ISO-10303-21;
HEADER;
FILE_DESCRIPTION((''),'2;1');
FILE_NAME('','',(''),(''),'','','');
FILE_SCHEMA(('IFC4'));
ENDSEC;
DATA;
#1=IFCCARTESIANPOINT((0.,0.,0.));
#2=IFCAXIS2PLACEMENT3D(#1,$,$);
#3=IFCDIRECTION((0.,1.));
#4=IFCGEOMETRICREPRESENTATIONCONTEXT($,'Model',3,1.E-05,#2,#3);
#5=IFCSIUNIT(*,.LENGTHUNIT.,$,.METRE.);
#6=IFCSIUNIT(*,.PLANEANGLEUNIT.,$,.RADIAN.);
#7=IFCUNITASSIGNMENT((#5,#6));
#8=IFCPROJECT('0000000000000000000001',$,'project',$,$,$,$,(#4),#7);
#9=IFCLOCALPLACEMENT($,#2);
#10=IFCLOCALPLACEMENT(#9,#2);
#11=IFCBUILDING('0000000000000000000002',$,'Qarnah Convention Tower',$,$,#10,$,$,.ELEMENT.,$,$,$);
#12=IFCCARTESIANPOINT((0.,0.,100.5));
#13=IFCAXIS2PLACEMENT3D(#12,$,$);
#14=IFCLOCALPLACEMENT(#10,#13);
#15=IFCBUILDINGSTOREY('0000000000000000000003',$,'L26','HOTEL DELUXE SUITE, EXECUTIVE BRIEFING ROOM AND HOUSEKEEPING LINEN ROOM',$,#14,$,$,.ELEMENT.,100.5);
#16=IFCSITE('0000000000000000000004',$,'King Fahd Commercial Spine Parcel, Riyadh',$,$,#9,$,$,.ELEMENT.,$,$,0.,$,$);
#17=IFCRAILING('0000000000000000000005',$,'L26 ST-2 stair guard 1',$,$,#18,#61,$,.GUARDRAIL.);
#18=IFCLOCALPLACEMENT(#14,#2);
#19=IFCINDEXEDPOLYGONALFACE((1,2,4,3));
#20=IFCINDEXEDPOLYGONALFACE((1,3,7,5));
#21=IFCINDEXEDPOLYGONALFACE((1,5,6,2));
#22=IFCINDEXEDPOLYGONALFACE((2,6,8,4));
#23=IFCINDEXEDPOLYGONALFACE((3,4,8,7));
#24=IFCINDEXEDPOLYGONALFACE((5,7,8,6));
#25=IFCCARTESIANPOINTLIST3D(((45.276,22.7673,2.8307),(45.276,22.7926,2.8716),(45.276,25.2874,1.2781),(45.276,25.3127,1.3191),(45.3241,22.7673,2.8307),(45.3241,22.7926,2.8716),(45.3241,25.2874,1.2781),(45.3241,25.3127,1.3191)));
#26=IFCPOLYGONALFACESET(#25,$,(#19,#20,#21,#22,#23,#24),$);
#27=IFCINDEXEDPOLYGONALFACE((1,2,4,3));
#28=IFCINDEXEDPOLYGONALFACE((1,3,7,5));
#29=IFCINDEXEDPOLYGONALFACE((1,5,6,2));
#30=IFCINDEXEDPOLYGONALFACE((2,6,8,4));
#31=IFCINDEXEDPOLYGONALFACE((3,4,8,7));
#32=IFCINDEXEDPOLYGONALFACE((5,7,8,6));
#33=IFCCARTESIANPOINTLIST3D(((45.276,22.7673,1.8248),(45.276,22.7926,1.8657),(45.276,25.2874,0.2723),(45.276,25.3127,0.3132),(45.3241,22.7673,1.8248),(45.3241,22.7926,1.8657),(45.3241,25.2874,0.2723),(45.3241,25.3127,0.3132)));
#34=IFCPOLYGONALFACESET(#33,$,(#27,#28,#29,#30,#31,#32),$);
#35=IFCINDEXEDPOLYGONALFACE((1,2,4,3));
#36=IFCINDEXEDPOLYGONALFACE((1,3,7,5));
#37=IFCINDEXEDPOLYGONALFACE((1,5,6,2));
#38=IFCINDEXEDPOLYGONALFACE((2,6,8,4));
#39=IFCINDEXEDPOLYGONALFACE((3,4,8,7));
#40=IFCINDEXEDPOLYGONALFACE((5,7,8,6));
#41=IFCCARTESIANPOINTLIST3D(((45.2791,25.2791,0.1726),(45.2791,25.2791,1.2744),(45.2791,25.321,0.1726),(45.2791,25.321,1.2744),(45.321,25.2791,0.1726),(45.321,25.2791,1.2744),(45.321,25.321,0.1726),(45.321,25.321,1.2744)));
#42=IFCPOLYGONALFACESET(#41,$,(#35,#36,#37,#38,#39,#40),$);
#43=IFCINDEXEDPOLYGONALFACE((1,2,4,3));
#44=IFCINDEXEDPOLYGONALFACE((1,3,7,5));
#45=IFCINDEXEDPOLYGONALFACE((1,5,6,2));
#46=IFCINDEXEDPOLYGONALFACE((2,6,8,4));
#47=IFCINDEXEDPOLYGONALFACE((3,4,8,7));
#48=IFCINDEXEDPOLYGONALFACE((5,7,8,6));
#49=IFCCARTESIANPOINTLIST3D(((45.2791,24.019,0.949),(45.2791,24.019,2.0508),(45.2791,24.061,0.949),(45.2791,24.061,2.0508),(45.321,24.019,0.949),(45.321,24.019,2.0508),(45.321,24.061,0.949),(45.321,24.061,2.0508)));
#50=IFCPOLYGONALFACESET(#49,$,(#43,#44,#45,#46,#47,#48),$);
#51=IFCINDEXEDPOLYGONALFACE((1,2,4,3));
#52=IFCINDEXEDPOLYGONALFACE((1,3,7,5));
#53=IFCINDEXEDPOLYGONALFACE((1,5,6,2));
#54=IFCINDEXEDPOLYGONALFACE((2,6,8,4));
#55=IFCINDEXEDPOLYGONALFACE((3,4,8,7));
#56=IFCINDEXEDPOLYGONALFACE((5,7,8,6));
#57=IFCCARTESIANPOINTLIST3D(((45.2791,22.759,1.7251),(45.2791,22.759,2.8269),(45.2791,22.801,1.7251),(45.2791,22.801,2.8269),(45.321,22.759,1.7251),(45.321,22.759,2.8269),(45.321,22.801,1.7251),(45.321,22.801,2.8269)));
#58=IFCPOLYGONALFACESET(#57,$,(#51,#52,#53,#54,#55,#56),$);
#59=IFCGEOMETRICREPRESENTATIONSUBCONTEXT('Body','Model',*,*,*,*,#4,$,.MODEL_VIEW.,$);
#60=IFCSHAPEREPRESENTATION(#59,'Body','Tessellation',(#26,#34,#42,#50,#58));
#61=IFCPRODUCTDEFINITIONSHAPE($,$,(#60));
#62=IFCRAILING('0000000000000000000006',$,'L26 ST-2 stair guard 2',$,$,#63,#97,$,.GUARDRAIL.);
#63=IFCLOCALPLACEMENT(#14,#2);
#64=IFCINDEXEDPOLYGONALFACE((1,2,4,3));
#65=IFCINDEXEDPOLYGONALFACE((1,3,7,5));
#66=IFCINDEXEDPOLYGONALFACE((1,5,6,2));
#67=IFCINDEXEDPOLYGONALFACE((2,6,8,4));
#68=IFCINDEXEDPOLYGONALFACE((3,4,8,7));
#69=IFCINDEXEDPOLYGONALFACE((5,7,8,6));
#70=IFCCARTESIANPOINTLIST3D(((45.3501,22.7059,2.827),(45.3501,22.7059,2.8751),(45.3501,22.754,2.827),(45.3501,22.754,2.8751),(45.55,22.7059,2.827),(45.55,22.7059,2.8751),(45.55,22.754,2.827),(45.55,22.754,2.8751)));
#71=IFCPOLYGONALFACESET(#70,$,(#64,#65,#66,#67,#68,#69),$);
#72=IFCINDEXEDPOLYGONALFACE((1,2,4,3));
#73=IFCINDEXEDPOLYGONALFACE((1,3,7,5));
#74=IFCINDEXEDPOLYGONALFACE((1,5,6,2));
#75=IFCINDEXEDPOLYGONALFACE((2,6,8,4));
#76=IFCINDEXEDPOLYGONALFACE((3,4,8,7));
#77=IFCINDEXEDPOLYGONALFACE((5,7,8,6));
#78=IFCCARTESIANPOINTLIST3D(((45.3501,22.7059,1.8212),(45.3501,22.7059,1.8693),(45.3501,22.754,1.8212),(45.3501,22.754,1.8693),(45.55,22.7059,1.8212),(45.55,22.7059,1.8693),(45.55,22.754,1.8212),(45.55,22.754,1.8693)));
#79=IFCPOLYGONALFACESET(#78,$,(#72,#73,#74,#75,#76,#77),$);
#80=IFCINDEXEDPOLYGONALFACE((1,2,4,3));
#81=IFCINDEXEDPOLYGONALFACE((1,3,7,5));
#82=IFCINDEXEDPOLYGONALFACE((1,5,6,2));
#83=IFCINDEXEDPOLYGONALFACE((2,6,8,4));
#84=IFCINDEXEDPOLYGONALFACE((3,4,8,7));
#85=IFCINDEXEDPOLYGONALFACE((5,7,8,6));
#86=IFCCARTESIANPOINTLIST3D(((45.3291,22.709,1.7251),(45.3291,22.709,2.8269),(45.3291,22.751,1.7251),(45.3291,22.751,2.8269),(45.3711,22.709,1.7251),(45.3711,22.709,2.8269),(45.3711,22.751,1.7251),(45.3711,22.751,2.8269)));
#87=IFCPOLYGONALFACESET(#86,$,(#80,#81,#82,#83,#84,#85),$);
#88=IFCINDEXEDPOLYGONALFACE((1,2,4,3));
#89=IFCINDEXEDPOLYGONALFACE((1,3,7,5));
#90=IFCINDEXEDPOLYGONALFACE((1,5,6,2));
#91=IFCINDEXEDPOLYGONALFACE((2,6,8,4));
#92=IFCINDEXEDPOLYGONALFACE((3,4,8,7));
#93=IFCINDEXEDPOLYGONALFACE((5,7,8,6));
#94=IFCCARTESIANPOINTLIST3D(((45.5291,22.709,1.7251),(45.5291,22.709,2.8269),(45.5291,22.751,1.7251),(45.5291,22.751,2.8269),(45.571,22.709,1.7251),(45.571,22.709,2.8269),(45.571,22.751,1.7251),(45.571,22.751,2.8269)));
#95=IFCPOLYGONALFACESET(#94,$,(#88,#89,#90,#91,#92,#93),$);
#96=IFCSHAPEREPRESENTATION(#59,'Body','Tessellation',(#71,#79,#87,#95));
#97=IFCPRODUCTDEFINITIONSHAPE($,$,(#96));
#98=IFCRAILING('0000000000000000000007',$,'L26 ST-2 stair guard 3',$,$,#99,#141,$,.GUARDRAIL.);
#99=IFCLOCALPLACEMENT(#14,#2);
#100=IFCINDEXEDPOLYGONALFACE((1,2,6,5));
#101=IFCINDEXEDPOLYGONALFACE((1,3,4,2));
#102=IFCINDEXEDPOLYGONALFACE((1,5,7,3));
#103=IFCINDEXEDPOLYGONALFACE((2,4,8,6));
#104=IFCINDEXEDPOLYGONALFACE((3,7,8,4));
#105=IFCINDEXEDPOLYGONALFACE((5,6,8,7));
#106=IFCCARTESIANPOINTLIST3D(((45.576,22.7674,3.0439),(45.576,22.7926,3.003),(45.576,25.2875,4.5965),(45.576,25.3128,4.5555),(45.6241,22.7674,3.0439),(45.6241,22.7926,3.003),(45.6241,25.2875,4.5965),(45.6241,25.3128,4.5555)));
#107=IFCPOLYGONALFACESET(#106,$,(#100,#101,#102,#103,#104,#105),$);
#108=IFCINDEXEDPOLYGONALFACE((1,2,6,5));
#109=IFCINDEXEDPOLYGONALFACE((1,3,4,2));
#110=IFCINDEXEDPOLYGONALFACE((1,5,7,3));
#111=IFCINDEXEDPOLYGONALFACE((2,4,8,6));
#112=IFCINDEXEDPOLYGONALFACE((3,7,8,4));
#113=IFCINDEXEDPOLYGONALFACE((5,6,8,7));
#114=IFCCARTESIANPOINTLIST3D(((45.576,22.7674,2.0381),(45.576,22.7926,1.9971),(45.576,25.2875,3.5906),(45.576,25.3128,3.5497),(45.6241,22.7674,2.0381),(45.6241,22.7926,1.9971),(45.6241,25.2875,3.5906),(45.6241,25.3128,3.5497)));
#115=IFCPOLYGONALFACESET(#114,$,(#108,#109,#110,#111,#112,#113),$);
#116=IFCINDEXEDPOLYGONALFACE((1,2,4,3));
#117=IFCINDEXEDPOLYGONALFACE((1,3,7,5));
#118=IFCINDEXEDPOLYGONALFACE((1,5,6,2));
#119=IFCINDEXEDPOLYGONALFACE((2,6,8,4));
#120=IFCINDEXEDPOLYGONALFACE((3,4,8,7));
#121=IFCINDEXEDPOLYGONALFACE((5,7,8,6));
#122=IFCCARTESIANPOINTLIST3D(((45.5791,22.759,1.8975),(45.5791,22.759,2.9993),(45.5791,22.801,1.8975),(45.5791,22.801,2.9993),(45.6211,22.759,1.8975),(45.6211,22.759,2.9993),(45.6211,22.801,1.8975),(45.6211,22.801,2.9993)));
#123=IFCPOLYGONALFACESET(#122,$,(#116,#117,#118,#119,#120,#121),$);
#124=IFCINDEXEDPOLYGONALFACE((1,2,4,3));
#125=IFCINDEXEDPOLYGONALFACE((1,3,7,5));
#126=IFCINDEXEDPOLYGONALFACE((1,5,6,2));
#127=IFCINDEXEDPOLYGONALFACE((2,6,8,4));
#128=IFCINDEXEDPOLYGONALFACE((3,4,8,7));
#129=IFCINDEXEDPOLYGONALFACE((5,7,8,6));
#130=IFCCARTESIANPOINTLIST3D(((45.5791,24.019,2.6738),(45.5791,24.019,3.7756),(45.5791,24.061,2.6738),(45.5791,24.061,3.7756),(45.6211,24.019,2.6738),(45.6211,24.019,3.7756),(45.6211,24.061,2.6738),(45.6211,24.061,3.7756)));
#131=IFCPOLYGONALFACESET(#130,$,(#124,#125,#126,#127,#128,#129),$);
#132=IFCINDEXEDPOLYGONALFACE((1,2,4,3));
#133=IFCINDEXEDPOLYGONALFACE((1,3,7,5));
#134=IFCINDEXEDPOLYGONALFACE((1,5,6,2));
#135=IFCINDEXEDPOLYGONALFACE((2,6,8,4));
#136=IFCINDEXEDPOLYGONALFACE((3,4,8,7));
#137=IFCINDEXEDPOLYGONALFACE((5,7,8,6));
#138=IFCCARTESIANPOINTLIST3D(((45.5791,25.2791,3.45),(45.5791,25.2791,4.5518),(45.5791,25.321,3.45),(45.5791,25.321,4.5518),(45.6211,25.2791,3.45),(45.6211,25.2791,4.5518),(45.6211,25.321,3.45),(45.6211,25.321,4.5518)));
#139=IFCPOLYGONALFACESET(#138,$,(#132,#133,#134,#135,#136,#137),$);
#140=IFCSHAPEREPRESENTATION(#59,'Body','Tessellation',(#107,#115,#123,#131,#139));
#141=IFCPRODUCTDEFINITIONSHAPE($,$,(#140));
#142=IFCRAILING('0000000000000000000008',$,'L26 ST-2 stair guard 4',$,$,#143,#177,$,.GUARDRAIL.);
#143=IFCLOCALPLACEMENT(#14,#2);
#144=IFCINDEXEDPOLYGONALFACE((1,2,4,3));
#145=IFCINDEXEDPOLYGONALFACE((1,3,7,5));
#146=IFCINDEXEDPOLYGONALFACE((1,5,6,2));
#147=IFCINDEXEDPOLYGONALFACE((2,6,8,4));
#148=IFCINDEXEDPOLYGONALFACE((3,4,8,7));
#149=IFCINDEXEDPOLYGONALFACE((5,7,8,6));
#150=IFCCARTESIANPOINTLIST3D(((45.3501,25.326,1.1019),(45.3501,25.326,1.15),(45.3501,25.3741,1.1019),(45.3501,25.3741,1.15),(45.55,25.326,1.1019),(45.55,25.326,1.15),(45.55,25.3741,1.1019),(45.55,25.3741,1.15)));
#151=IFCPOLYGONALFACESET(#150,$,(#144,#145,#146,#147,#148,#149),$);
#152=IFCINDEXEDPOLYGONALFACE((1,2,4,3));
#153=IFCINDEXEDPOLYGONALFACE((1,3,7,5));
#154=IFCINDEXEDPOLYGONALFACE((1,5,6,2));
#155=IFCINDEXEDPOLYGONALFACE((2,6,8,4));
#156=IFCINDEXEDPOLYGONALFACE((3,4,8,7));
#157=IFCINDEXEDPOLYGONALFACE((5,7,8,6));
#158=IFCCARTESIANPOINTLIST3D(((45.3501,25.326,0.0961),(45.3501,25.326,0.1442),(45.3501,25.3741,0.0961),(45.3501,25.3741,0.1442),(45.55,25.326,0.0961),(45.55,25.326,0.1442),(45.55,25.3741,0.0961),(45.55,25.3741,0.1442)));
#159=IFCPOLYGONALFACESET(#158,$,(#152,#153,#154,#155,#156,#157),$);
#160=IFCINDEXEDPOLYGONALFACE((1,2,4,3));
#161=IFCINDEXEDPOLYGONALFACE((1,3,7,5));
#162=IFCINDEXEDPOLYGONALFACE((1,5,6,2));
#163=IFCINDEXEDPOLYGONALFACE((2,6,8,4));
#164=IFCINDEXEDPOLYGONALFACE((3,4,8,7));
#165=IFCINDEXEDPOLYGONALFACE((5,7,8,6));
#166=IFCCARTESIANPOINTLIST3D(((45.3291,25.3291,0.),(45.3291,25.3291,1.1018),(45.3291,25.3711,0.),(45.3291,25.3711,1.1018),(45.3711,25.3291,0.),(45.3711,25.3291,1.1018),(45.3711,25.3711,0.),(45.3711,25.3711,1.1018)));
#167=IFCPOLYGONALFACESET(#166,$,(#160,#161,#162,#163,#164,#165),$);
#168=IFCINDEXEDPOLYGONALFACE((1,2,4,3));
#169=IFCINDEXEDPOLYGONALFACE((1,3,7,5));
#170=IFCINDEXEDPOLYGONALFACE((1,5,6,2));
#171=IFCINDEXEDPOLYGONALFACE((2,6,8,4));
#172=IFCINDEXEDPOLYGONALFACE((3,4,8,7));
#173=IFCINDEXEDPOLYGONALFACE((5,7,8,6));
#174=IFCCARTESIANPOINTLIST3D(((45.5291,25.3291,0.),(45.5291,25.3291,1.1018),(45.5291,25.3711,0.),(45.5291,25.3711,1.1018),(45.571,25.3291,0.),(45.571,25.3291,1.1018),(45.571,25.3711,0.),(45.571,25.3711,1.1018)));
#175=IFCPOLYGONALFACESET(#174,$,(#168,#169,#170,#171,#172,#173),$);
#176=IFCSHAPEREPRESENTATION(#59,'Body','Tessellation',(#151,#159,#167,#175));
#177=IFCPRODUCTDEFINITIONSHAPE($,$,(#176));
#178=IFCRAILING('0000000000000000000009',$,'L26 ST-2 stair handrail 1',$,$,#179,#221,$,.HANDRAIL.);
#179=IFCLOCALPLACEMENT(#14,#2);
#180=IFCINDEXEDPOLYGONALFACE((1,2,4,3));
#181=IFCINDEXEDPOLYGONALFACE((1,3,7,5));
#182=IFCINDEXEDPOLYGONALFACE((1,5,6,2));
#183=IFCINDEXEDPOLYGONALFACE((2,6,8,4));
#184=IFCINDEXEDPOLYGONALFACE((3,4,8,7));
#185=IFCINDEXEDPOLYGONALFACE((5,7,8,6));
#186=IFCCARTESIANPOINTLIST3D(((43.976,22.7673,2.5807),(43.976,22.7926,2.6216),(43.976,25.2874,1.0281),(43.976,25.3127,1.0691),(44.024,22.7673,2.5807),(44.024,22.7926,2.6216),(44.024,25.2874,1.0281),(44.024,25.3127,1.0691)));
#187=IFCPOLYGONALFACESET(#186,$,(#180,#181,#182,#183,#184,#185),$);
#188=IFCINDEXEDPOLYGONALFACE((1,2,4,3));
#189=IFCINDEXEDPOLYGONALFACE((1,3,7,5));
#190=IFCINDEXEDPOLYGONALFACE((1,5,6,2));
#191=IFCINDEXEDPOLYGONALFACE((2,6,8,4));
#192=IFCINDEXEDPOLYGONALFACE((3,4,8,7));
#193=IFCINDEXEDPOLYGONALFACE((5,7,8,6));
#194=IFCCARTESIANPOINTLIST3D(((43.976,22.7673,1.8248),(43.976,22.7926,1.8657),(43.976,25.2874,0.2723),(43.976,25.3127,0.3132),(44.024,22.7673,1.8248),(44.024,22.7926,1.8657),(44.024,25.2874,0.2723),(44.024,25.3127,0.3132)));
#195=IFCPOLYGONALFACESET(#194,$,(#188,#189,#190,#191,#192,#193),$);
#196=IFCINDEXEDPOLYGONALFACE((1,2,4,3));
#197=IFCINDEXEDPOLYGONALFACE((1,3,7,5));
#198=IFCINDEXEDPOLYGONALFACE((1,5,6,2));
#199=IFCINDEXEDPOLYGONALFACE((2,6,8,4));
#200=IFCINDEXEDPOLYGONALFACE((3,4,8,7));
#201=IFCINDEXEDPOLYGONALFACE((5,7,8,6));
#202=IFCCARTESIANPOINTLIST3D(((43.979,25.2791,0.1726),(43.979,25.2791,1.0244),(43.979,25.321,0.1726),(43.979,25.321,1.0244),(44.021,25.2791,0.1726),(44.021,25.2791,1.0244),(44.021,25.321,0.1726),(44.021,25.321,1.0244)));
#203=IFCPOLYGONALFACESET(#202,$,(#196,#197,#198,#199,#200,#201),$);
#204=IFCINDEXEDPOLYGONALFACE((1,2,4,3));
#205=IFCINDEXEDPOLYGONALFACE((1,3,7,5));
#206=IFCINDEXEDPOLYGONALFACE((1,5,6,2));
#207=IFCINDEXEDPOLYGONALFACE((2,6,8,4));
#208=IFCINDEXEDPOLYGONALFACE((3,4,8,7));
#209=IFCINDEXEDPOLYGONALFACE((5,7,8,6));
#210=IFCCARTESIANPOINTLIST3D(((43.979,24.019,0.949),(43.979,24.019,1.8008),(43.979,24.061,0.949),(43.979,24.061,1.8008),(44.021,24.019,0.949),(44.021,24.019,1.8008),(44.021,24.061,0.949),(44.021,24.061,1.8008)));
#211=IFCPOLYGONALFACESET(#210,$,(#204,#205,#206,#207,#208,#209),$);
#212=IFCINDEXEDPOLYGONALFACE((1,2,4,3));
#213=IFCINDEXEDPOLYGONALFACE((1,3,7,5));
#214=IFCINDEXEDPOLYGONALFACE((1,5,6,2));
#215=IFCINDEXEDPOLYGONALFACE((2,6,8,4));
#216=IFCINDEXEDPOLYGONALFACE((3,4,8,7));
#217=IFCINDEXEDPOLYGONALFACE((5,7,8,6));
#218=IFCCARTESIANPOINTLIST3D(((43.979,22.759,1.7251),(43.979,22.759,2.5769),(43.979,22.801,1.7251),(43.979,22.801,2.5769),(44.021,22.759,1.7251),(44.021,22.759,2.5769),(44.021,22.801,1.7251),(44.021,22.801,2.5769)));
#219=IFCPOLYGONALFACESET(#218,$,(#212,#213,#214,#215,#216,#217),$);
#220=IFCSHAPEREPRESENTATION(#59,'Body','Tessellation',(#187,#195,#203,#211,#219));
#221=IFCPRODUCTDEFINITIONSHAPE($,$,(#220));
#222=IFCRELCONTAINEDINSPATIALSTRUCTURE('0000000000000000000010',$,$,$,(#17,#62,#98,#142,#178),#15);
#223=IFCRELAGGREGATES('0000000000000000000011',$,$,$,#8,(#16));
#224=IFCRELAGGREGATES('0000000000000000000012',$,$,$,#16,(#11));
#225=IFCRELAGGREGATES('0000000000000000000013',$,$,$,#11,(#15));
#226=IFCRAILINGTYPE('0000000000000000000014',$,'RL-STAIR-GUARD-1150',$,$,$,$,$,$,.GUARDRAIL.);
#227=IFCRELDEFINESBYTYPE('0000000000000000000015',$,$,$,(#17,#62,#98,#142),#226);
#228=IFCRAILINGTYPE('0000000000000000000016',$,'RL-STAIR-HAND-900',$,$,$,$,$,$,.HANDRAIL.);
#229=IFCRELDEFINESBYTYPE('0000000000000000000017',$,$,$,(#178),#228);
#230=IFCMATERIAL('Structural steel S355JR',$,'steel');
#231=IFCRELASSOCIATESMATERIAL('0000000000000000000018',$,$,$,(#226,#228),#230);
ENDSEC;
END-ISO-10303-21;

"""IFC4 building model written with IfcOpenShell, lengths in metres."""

from ifc_helpers import new_model, si_unit, direction, frame, origin, origin_2d, place, context, subcontext, project, spatial, rectangle, extrude, material, type_object, element, save


model = new_model("IFC4")

# Units and contexts
model_context = context("Model", 3, precision=1e-05, world=origin(), true_north=direction((0.0, 1.0)))
body_context = subcontext(model_context, "Body", "Model", "MODEL_VIEW")
ifc_project = project(units=[si_unit("LENGTHUNIT", "METRE"), si_unit("PLANEANGLEUNIT", "RADIAN")], contexts=[model_context])

# Site, building, storey
site_placement = place(None, origin())
site = spatial("IfcSite", under=ifc_project, at=site_placement, Name="King Fahd Commercial Spine Parcel, Riyadh", CompositionType="ELEMENT", RefElevation=0.0)
building_placement = place(site_placement, origin())
building = spatial("IfcBuilding", under=site, at=building_placement, Name="Qarnah Convention Tower", CompositionType="ELEMENT")
storey_placement = place(building_placement, frame((0.0, 0.0, 100.5)))
storey = spatial("IfcBuildingStorey", under=building, at=storey_placement, Name="L26", Description="HOTEL DELUXE SUITE, EXECUTIVE BRIEFING ROOM AND HOUSEKEEPING LINEN ROOM", CompositionType="ELEMENT", Elevation=100.5)

# Shared definitions
ifc_material_1 = material(Name="Structural steel S355JR", Category="steel")

# Railings
railing_type_1 = type_object("IfcRailingType", Name="RL-STAIR-GUARD-1150", PredefinedType="GUARDRAIL", material=ifc_material_1)
railing_1_placement = place(storey_placement, frame((45.3, 25.3, 0.1726)))
element("IfcRailing", 1, at=railing_1_placement, inside=storey, type_object=railing_type_1, Name="L26 ST-2 stair guard 1", PredefinedType="GUARDRAIL", context=body_context, shape_type="SweptSolid", body=[
    extrude(rectangle(XDim=0.0481, YDim=0.0481, at=origin_2d()), frame((0.0, 0.0, 1.126), z_axis=(0.0, -0.8514, 0.524516), x_axis=(1.0, 0.0, 0.0)), (0.0, 0.0, 1.0), 2.96),
    extrude(rectangle(XDim=0.0481, YDim=0.0481, at=origin_2d()), frame((0.0, 0.0, 0.1201), z_axis=(0.0, -0.8514, 0.524516), x_axis=(1.0, 0.0, 0.0)), (0.0, 0.0, 1.0), 2.96),
    extrude(rectangle(XDim=0.042, YDim=0.042, at=origin_2d()), origin(), (0.0, 0.0, 1.0), 1.1018),
    extrude(rectangle(XDim=0.042, YDim=0.042, at=origin_2d()), frame((0.0, -1.26, 0.7764)), (0.0, 0.0, 1.0), 1.1018),
    extrude(rectangle(XDim=0.042, YDim=0.042, at=origin_2d()), frame((0.0, -2.52, 1.5525)), (0.0, 0.0, 1.0), 1.1018),
])
railing_2_placement = place(storey_placement, frame((45.3501, 22.73, 1.7251)))
element("IfcRailing", 2, at=railing_2_placement, inside=storey, type_object=railing_type_1, Name="L26 ST-2 stair guard 2", PredefinedType="GUARDRAIL", context=body_context, shape_type="SweptSolid", body=[
    extrude(rectangle(XDim=0.0481, YDim=0.0481, at=origin_2d()), frame((0.0, 0.0, 1.126), z_axis=(1.0, 0.0, 0.0), x_axis=(0.0, 1.0, 0.0)), (0.0, 0.0, 1.0), 0.2),
    extrude(rectangle(XDim=0.0481, YDim=0.0481, at=origin_2d()), frame((0.0, 0.0, 0.1201), z_axis=(1.0, 0.0, 0.0), x_axis=(0.0, 1.0, 0.0)), (0.0, 0.0, 1.0), 0.2),
    extrude(rectangle(XDim=0.042, YDim=0.042, at=origin_2d()), origin(), (0.0, 0.0, 1.0), 1.1018),
    extrude(rectangle(XDim=0.042, YDim=0.042, at=origin_2d()), frame((0.2, 0.0, 0.0)), (0.0, 0.0, 1.0), 1.1018),
])
railing_3_placement = place(storey_placement, frame((45.6001, 22.78, 1.8975)))
element("IfcRailing", 3, at=railing_3_placement, inside=storey, type_object=railing_type_1, Name="L26 ST-2 stair guard 3", PredefinedType="GUARDRAIL", context=body_context, shape_type="SweptSolid", body=[
    extrude(rectangle(XDim=0.0481, YDim=0.0481, at=origin_2d()), frame((0.0, 0.0, 1.126), z_axis=(0.0, 0.8514, 0.524516), x_axis=(-1.0, 0.0, 0.0)), (0.0, 0.0, 1.0), 2.96),
    extrude(rectangle(XDim=0.0481, YDim=0.0481, at=origin_2d()), frame((0.0, 0.0, 0.1201), z_axis=(0.0, 0.8514, 0.524516), x_axis=(-1.0, 0.0, 0.0)), (0.0, 0.0, 1.0), 2.96),
    extrude(rectangle(XDim=0.042, YDim=0.042, at=origin_2d()), origin(), (0.0, 0.0, 1.0), 1.1018),
    extrude(rectangle(XDim=0.042, YDim=0.042, at=origin_2d()), frame((0.0, 1.26, 0.7764)), (0.0, 0.0, 1.0), 1.1018),
    extrude(rectangle(XDim=0.042, YDim=0.042, at=origin_2d()), frame((0.0, 2.52, 1.5525)), (0.0, 0.0, 1.0), 1.1018),
])
railing_4_placement = place(storey_placement, frame((45.3501, 25.3501, 0.0)))
element("IfcRailing", 4, at=railing_4_placement, inside=storey, type_object=railing_type_1, Name="L26 ST-2 stair guard 4", PredefinedType="GUARDRAIL", context=body_context, shape_type="SweptSolid", body=[
    extrude(rectangle(XDim=0.0481, YDim=0.0481, at=origin_2d()), frame((0.0, 0.0, 1.126), z_axis=(1.0, 0.0, 0.0), x_axis=(0.0, 1.0, 0.0)), (0.0, 0.0, 1.0), 0.2),
    extrude(rectangle(XDim=0.0481, YDim=0.0481, at=origin_2d()), frame((0.0, 0.0, 0.1201), z_axis=(1.0, 0.0, 0.0), x_axis=(0.0, 1.0, 0.0)), (0.0, 0.0, 1.0), 0.2),
    extrude(rectangle(XDim=0.042, YDim=0.042, at=origin_2d()), origin(), (0.0, 0.0, 1.0), 1.1018),
    extrude(rectangle(XDim=0.042, YDim=0.042, at=origin_2d()), frame((0.2, 0.0, 0.0)), (0.0, 0.0, 1.0), 1.1018),
])
railing_type_2 = type_object("IfcRailingType", Name="RL-STAIR-HAND-900", PredefinedType="HANDRAIL", material=ifc_material_1)
railing_5_placement = place(storey_placement, frame((44.0, 25.3, 0.1726)))
element("IfcRailing", 5, at=railing_5_placement, inside=storey, type_object=railing_type_2, Name="L26 ST-2 stair handrail 1", PredefinedType="HANDRAIL", context=body_context, shape_type="SweptSolid", body=[
    extrude(rectangle(XDim=0.0481, YDim=0.0481, at=origin_2d()), frame((0.0, 0.0, 0.876), z_axis=(0.0, -0.8514, 0.524516), x_axis=(1.0, 0.0, 0.0)), (0.0, 0.0, 1.0), 2.96),
    extrude(rectangle(XDim=0.0481, YDim=0.0481, at=origin_2d()), frame((0.0, 0.0, 0.1201), z_axis=(0.0, -0.8514, 0.524516), x_axis=(1.0, 0.0, 0.0)), (0.0, 0.0, 1.0), 2.96),
    extrude(rectangle(XDim=0.042, YDim=0.042, at=origin_2d()), origin(), (0.0, 0.0, 1.0), 0.8518),
    extrude(rectangle(XDim=0.042, YDim=0.042, at=origin_2d()), frame((0.0, -1.26, 0.7764)), (0.0, 0.0, 1.0), 0.8518),
    extrude(rectangle(XDim=0.042, YDim=0.042, at=origin_2d()), frame((0.0, -2.52, 1.5525)), (0.0, 0.0, 1.0), 0.8518),
])

save(model, "model.ifc")
